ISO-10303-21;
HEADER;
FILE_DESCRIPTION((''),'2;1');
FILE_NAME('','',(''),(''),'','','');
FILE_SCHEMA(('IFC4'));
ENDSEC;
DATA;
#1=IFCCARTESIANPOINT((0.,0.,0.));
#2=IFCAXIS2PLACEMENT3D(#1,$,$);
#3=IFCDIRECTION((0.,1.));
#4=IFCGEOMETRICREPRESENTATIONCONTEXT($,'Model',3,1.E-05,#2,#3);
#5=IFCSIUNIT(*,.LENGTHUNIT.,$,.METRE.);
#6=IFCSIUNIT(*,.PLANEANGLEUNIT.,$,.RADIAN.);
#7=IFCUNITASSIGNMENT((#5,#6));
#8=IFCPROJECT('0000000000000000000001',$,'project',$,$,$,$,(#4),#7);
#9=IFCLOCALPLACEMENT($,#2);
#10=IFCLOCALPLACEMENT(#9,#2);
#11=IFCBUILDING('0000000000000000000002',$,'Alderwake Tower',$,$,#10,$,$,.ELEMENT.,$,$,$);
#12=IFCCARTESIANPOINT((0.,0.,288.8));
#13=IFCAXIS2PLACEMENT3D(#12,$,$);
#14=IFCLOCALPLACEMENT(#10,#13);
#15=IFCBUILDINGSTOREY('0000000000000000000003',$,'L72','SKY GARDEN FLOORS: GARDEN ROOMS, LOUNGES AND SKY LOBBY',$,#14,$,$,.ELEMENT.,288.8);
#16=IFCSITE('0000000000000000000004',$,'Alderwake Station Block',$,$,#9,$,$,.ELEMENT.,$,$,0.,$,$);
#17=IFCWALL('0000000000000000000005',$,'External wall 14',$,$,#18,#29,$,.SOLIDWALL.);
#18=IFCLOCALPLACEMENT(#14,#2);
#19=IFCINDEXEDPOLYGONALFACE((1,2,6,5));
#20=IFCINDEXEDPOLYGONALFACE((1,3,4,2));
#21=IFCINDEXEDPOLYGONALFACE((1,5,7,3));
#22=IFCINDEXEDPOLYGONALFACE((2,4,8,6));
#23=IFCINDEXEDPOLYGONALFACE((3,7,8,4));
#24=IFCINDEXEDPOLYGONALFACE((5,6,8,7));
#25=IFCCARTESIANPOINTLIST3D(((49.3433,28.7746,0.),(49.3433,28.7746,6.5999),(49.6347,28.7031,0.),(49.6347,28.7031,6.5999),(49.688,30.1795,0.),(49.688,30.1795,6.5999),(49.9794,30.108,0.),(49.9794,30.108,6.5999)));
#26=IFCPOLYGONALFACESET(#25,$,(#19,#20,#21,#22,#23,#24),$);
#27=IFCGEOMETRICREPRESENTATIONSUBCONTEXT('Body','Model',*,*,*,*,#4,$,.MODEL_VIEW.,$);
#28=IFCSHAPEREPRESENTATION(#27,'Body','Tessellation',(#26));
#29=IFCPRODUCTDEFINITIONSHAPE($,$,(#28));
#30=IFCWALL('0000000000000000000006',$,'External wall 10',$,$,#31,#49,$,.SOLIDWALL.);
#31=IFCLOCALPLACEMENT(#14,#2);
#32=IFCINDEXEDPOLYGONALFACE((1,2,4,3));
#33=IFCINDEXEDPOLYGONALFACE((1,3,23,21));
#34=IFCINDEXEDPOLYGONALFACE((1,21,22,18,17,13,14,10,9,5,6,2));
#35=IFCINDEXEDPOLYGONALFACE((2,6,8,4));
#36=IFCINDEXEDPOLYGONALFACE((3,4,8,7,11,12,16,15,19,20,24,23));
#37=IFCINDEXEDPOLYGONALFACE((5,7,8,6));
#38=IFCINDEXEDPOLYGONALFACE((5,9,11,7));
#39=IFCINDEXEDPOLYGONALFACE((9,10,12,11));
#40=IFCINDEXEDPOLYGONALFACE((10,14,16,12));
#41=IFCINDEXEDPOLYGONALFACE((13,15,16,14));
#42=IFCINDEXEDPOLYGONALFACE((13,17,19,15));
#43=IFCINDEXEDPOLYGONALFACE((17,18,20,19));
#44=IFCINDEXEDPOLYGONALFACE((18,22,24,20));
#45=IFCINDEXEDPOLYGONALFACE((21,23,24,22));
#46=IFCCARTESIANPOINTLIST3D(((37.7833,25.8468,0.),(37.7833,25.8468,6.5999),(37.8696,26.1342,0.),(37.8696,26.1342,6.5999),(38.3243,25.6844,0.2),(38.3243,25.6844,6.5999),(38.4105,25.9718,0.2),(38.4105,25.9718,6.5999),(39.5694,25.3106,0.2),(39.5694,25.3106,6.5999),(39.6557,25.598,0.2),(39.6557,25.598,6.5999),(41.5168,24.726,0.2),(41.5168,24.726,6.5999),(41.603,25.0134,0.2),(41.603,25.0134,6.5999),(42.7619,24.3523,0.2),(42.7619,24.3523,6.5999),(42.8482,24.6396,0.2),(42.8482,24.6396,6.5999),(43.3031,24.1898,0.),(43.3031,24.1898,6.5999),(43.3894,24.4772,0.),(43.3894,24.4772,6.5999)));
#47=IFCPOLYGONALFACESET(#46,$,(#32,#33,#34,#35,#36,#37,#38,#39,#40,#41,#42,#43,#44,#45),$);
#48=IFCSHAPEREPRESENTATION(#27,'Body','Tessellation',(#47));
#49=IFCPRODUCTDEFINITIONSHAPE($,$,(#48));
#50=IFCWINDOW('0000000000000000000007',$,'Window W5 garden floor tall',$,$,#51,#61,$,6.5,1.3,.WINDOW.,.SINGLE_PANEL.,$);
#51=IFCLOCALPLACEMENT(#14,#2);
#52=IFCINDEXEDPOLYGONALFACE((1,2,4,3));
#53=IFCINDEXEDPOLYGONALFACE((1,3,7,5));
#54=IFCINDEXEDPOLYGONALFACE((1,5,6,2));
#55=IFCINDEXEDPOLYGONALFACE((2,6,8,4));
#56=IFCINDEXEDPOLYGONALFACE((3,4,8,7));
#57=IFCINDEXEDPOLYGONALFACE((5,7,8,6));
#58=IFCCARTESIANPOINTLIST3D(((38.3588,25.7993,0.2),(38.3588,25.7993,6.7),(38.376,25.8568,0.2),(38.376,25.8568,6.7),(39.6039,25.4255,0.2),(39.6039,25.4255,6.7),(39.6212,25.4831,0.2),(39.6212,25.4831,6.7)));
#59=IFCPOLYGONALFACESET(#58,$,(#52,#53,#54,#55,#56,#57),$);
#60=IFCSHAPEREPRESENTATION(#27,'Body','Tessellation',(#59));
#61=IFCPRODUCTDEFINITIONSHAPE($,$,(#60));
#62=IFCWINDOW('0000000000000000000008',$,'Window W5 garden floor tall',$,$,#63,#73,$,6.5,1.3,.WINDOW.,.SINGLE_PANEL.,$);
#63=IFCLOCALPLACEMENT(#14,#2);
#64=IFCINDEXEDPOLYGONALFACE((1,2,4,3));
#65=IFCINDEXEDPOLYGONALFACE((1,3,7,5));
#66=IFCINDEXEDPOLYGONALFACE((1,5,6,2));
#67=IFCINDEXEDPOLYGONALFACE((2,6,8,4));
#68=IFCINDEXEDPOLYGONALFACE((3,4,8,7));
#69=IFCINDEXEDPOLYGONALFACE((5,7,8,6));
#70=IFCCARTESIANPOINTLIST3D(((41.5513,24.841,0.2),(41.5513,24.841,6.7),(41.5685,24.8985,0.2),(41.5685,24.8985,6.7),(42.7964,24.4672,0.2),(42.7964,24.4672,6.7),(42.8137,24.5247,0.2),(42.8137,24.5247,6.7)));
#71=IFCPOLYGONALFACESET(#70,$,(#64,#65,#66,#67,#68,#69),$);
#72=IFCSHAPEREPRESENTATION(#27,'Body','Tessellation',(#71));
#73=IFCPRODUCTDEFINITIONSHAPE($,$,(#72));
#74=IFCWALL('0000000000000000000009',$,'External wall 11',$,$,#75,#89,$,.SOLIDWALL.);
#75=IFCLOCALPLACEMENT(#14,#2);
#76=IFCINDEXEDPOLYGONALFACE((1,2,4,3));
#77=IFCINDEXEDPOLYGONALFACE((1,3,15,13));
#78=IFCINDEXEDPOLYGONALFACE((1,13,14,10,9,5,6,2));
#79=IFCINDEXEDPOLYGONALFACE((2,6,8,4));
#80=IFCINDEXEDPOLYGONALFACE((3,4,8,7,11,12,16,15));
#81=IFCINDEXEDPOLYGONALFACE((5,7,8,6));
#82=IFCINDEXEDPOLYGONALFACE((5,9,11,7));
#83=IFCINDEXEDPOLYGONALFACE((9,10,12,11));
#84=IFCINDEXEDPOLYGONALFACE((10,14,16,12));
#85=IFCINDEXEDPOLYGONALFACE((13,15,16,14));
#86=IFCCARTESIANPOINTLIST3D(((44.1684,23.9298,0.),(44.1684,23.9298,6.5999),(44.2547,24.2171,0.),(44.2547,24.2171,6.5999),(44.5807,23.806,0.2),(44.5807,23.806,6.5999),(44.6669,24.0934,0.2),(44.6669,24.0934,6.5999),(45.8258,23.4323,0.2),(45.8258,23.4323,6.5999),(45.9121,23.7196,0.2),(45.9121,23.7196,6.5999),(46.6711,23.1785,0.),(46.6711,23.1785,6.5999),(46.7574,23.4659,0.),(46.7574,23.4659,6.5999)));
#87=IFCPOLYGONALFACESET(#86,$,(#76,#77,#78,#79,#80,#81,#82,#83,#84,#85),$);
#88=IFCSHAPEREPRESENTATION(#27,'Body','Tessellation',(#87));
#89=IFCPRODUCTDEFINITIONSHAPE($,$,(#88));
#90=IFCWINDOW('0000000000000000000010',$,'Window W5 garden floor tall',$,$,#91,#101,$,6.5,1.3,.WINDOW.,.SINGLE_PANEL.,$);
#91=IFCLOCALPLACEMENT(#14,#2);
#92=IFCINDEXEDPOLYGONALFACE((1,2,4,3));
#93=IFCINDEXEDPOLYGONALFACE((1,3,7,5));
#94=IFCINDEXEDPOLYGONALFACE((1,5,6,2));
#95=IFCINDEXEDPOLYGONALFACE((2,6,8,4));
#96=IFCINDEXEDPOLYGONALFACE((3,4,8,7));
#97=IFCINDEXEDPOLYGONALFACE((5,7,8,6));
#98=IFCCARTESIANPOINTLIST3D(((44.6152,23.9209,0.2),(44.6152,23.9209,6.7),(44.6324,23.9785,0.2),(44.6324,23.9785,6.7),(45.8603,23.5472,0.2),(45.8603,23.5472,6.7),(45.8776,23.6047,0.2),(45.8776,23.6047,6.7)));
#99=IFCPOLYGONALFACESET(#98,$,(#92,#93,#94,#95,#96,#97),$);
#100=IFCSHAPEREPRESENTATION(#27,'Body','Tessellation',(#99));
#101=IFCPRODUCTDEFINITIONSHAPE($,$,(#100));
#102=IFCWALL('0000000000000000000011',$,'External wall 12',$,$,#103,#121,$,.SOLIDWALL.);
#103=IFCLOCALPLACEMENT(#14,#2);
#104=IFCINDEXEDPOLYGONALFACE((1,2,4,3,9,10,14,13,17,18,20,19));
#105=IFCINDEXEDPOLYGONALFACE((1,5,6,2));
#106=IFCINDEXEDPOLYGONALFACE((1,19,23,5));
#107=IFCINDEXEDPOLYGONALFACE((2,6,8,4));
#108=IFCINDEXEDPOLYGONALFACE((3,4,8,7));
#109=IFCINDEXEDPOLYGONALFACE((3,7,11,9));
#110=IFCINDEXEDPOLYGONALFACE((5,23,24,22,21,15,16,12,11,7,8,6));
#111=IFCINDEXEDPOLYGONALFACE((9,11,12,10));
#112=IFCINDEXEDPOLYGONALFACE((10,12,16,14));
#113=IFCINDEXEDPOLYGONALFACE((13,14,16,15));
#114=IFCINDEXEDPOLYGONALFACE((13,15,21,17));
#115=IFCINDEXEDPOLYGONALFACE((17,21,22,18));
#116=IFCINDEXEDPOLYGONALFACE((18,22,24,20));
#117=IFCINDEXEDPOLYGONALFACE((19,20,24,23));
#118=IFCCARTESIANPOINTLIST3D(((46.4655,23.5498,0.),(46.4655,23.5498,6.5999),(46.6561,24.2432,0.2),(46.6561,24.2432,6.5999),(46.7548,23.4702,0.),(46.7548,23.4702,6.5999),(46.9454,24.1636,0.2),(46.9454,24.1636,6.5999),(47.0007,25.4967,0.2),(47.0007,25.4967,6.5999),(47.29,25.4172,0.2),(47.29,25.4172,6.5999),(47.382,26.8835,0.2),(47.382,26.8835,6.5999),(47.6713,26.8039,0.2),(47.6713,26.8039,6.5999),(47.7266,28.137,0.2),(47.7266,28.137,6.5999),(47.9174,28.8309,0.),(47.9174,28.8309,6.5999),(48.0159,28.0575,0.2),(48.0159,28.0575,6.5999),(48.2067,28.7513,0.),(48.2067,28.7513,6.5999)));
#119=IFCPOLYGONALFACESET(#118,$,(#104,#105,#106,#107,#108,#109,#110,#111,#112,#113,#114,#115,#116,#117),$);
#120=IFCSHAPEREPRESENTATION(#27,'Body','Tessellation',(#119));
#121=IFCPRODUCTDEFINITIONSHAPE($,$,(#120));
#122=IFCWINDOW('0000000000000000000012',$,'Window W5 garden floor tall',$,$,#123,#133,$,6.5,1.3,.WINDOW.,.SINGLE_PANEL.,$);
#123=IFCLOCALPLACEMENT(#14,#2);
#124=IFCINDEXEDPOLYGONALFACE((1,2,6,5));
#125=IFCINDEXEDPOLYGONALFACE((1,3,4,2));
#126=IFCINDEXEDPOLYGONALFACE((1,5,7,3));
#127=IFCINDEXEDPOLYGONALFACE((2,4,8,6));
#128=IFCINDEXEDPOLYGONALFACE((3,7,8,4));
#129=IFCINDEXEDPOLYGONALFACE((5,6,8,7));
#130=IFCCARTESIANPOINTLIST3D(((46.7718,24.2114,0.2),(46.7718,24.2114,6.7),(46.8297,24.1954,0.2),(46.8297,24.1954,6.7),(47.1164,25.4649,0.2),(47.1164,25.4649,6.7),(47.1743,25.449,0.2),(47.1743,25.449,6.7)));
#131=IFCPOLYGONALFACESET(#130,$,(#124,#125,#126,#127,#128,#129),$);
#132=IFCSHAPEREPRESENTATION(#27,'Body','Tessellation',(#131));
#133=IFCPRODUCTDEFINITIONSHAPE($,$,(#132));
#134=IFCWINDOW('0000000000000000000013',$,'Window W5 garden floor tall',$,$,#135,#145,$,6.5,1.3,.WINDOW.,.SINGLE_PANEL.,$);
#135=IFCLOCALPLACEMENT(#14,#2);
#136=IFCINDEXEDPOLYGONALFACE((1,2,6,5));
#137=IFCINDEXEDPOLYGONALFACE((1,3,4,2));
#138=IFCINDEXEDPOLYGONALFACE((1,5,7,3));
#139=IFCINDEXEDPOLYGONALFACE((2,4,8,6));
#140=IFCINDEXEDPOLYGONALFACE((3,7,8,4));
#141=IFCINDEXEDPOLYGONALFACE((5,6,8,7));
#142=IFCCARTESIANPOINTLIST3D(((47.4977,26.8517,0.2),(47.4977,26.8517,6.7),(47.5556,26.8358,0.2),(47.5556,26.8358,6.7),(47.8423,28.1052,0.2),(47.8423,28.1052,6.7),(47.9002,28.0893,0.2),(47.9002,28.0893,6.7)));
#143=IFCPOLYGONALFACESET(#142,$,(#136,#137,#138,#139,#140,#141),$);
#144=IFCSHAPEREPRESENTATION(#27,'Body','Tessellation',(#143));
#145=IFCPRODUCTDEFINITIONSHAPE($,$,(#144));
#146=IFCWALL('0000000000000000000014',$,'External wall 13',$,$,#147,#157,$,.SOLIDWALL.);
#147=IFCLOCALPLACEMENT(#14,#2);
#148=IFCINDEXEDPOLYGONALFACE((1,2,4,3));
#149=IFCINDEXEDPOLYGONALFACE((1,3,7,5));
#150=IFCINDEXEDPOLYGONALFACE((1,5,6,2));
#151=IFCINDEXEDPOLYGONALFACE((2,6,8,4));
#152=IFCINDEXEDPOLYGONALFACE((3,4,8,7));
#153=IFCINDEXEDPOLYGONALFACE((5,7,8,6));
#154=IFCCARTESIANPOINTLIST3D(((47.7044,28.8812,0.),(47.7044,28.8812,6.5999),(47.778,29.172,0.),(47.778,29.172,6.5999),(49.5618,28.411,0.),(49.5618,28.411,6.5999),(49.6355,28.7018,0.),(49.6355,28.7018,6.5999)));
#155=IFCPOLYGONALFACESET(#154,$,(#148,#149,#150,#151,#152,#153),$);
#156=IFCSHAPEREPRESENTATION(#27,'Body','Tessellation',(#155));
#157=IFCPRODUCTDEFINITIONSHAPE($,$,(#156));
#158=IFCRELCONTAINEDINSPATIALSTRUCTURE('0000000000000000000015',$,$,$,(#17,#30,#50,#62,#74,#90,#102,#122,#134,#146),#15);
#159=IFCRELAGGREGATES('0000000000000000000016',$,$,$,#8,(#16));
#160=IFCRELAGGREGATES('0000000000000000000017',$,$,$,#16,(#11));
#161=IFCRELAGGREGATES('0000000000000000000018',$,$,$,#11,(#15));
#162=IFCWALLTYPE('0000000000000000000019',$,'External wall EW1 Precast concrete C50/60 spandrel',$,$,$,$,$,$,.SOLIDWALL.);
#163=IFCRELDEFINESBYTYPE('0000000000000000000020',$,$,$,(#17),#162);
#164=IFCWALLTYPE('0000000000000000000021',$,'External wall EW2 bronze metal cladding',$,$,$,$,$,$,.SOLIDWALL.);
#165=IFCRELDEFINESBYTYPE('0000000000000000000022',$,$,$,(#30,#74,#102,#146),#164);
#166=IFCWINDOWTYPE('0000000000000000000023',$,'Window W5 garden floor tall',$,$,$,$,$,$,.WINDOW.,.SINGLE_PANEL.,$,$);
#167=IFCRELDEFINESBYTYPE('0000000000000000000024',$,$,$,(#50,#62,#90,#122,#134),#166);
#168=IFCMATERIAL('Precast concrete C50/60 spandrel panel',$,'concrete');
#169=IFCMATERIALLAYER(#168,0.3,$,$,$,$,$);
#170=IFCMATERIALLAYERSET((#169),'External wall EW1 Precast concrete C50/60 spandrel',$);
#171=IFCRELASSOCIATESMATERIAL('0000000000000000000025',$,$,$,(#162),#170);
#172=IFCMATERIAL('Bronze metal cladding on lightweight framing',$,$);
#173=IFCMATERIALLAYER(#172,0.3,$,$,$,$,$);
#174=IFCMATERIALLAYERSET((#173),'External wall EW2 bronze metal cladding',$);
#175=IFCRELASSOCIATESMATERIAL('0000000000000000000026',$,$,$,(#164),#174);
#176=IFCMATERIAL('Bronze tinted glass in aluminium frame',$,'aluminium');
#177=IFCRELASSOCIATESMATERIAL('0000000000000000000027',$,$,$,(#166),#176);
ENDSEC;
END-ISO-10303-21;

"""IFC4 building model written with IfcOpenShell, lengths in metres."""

from ifc_helpers import new_model, si_unit, direction, frame, frame_2d, origin, place, context, subcontext, project, spatial, rectangle, extrude, material, layer, layer_set, type_object, element, fill, save


model = new_model("IFC4")

# Units and contexts
model_context = context("Model", 3, precision=1e-05, world=origin(), true_north=direction((0.0, 1.0)))
body_context = subcontext(model_context, "Body", "Model", "MODEL_VIEW")
ifc_project = project(units=[si_unit("LENGTHUNIT", "METRE"), si_unit("PLANEANGLEUNIT", "RADIAN")], contexts=[model_context])

# Site, building, storey
site_placement = place(None, origin())
site = spatial("IfcSite", under=ifc_project, at=site_placement, Name="Alderwake Station Block", CompositionType="ELEMENT", RefElevation=0.0)
building_placement = place(site_placement, origin())
building = spatial("IfcBuilding", under=site, at=building_placement, Name="Alderwake Tower", CompositionType="ELEMENT")
storey_placement = place(building_placement, frame((0.0, 0.0, 288.8)))
storey = spatial("IfcBuildingStorey", under=building, at=storey_placement, Name="L72", Description="SKY GARDEN FLOORS: GARDEN ROOMS, LOUNGES AND SKY LOBBY", CompositionType="ELEMENT", Elevation=288.8)

# Wall
ifc_material_1 = material(Name="Precast concrete C50/60 spandrel panel", Category="concrete")
ifc_layer_1 = layer(ifc_material_1, 0.3)
ifc_layer_set_1 = layer_set([ifc_layer_1], Name="External wall EW1 Precast concrete C50/60 spandrel")
wall_type_1 = type_object("IfcWallType", Name="External wall EW1 Precast concrete C50/60 spandrel", PredefinedType="SOLIDWALL", material=ifc_layer_set_1)
wall_1_placement = place(storey_placement, frame((49.489, 28.739, 0.0), z_axis=(0.0, 0.0, 1.0), x_axis=(0.238324, 0.971186, 0.0)))
element("IfcWall", 1, at=wall_1_placement, inside=storey, type_object=wall_type_1, Name="External wall 14", PredefinedType="SOLIDWALL", context=body_context, shape_type="SweptSolid", body=[
    extrude(rectangle(XDim=1.4465, YDim=0.3, at=frame_2d((0.7231, 0.0))), origin(), (0.0, 0.0, 1.0), 6.5999),
])

# Wall, openings, windows
ifc_material_2 = material(Name="Bronze metal cladding on lightweight framing")
ifc_layer_2 = layer(ifc_material_2, 0.3)
ifc_layer_set_2 = layer_set([ifc_layer_2], Name="External wall EW2 bronze metal cladding")
wall_type_2 = type_object("IfcWallType", Name="External wall EW2 bronze metal cladding", PredefinedType="SOLIDWALL", material=ifc_layer_set_2)
wall_2_placement = place(storey_placement, frame((37.8264, 25.9905, 0.0), z_axis=(0.0, 0.0, 1.0), x_axis=(0.957776, -0.287515, 0.0)))
wall_2 = element("IfcWall", 2, at=wall_2_placement, inside=storey, type_object=wall_type_2, Name="External wall 10", PredefinedType="SOLIDWALL", context=body_context, shape_type="SweptSolid", body=[
    extrude(rectangle(XDim=5.7632, YDim=0.3, at=frame_2d((2.8816, 0.0))), origin(), (0.0, 0.0, 1.0), 6.5999),
])
opening_1_placement = place(wall_2_placement, frame((0.5649, 0.0, 0.2)))
opening_1 = element("IfcOpeningElement", 3, at=opening_1_placement, cuts=wall_2, PredefinedType="OPENING", context=body_context, shape_type="SweptSolid", body=[
    extrude(rectangle(XDim=1.3, YDim=6.5, at=frame_2d((0.6499, 3.25))), frame((0.0, 0.1599, 0.0), z_axis=(0.0, -1.0, 0.0), x_axis=(1.0, 0.0, 0.0)), (0.0, 0.0, 1.0), 0.3201),
])
opening_2_placement = place(wall_2_placement, frame((3.8982, 0.0, 0.2)))
opening_2 = element("IfcOpeningElement", 4, at=opening_2_placement, cuts=wall_2, PredefinedType="OPENING", context=body_context, shape_type="SweptSolid", body=[
    extrude(rectangle(XDim=1.3, YDim=6.5, at=frame_2d((0.6499, 3.25))), frame((0.0, 0.1599, 0.0), z_axis=(0.0, -1.0, 0.0), x_axis=(1.0, 0.0, 0.0)), (0.0, 0.0, 1.0), 0.3201),
])
ifc_material_3 = material(Name="Bronze tinted glass in aluminium frame", Category="aluminium")
window_type = type_object("IfcWindowType", Name="Window W5 garden floor tall", PartitioningType="SINGLE_PANEL", PredefinedType="WINDOW", material=ifc_material_3)
window_1_placement = place(opening_1_placement, origin())
window_1 = element("IfcWindow", 5, at=window_1_placement, inside=storey, type_object=window_type, Name="Window W5 garden floor tall", OverallHeight=6.5, OverallWidth=1.3, PartitioningType="SINGLE_PANEL", PredefinedType="WINDOW", context=body_context, shape_type="SweptSolid", body=[
    extrude(rectangle(XDim=1.3, YDim=6.5, at=frame_2d((0.6499, 3.25))), frame((0.0, 0.03, 0.0), z_axis=(0.0, -1.0, 0.0), x_axis=(1.0, 0.0, 0.0)), (0.0, 0.0, 1.0), 0.0601),
])
fill(opening_1, window_1)
window_2_placement = place(opening_2_placement, origin())
window_2 = element("IfcWindow", 6, at=window_2_placement, inside=storey, type_object=window_type, Name="Window W5 garden floor tall", OverallHeight=6.5, OverallWidth=1.3, PartitioningType="SINGLE_PANEL", PredefinedType="WINDOW", context=body_context, shape_type="SweptSolid", body=[
    extrude(rectangle(XDim=1.3, YDim=6.5, at=frame_2d((0.6499, 3.25))), frame((0.0, 0.03, 0.0), z_axis=(0.0, -1.0, 0.0), x_axis=(1.0, 0.0, 0.0)), (0.0, 0.0, 1.0), 0.0601),
])
fill(opening_2, window_2)

# Wall, opening, window
wall_3_placement = place(storey_placement, frame((44.2114, 24.0735, 0.0), z_axis=(0.0, 0.0, 1.0), x_axis=(0.957783, -0.287494, 0.0)))
wall_3 = element("IfcWall", 7, at=wall_3_placement, inside=storey, type_object=wall_type_2, Name="External wall 11", PredefinedType="SOLIDWALL", context=body_context, shape_type="SweptSolid", body=[
    extrude(rectangle(XDim=2.613, YDim=0.3, at=frame_2d((1.3066, 0.0))), origin(), (0.0, 0.0, 1.0), 6.5999),
])
opening_3_placement = place(wall_3_placement, frame((0.4307, 0.0, 0.2)))
opening_3 = element("IfcOpeningElement", 8, at=opening_3_placement, cuts=wall_3, PredefinedType="OPENING", context=body_context, shape_type="SweptSolid", body=[
    extrude(rectangle(XDim=1.3, YDim=6.5, at=frame_2d((0.6499, 3.25))), frame((0.0, 0.1599, 0.0), z_axis=(0.0, -1.0, 0.0), x_axis=(1.0, 0.0, 0.0)), (0.0, 0.0, 1.0), 0.3201),
])
window_3_placement = place(opening_3_placement, origin())
window_3 = element("IfcWindow", 9, at=window_3_placement, inside=storey, type_object=window_type, Name="Window W5 garden floor tall", OverallHeight=6.5, OverallWidth=1.3, PartitioningType="SINGLE_PANEL", PredefinedType="WINDOW", context=body_context, shape_type="SweptSolid", body=[
    extrude(rectangle(XDim=1.3, YDim=6.5, at=frame_2d((0.6499, 3.25))), frame((0.0, 0.03, 0.0), z_axis=(0.0, -1.0, 0.0), x_axis=(1.0, 0.0, 0.0)), (0.0, 0.0, 1.0), 0.0601),
])
fill(opening_3, window_3)

# Wall, openings, windows
wall_4_placement = place(storey_placement, frame((46.6101, 23.51, 0.0), z_axis=(0.0, 0.0, 1.0), x_axis=(0.265093, 0.964223, 0.0)))
wall_4 = element("IfcWall", 10, at=wall_4_placement, inside=storey, type_object=wall_type_2, Name="External wall 12", PredefinedType="SOLIDWALL", context=body_context, shape_type="SweptSolid", body=[
    extrude(rectangle(XDim=5.4771, YDim=0.3, at=frame_2d((2.7385, 0.0))), origin(), (0.0, 0.0, 1.0), 6.5999),
])
opening_4_placement = place(wall_4_placement, frame((0.7192, 0.0, 0.2)))
opening_4 = element("IfcOpeningElement", 11, at=opening_4_placement, cuts=wall_4, PredefinedType="OPENING", context=body_context, shape_type="SweptSolid", body=[
    extrude(rectangle(XDim=1.3, YDim=6.5, at=frame_2d((0.6499, 3.25))), frame((0.0, 0.1599, 0.0), z_axis=(0.0, -1.0, 0.0), x_axis=(1.0, 0.0, 0.0)), (0.0, 0.0, 1.0), 0.3201),
])
opening_5_placement = place(wall_4_placement, frame((3.4575, 0.0, 0.2)))
opening_5 = element("IfcOpeningElement", 12, at=opening_5_placement, cuts=wall_4, PredefinedType="OPENING", context=body_context, shape_type="SweptSolid", body=[
    extrude(rectangle(XDim=1.3, YDim=6.5, at=frame_2d((0.6499, 3.25))), frame((0.0, 0.1599, 0.0), z_axis=(0.0, -1.0, 0.0), x_axis=(1.0, 0.0, 0.0)), (0.0, 0.0, 1.0), 0.3201),
])
window_4_placement = place(opening_4_placement, origin())
window_4 = element("IfcWindow", 13, at=window_4_placement, inside=storey, type_object=window_type, Name="Window W5 garden floor tall", OverallHeight=6.5, OverallWidth=1.3, PartitioningType="SINGLE_PANEL", PredefinedType="WINDOW", context=body_context, shape_type="SweptSolid", body=[
    extrude(rectangle(XDim=1.3, YDim=6.5, at=frame_2d((0.6499, 3.25))), frame((0.0, 0.03, 0.0), z_axis=(0.0, -1.0, 0.0), x_axis=(1.0, 0.0, 0.0)), (0.0, 0.0, 1.0), 0.0601),
])
fill(opening_4, window_4)
window_5_placement = place(opening_5_placement, origin())
window_5 = element("IfcWindow", 14, at=window_5_placement, inside=storey, type_object=window_type, Name="Window W5 garden floor tall", OverallHeight=6.5, OverallWidth=1.3, PartitioningType="SINGLE_PANEL", PredefinedType="WINDOW", context=body_context, shape_type="SweptSolid", body=[
    extrude(rectangle(XDim=1.3, YDim=6.5, at=frame_2d((0.6499, 3.25))), frame((0.0, 0.03, 0.0), z_axis=(0.0, -1.0, 0.0), x_axis=(1.0, 0.0, 0.0)), (0.0, 0.0, 1.0), 0.0601),
])
fill(opening_5, window_5)

# Wall
wall_5_placement = place(storey_placement, frame((47.7412, 29.0266, 0.0), z_axis=(0.0, 0.0, 1.0), x_axis=(0.969419, -0.245413, 0.0)))
element("IfcWall", 15, at=wall_5_placement, inside=storey, type_object=wall_type_2, Name="External wall 13", PredefinedType="SOLIDWALL", context=body_context, shape_type="SweptSolid", body=[
    extrude(rectangle(XDim=1.916, YDim=0.3, at=frame_2d((0.958, 0.0))), origin(), (0.0, 0.0, 1.0), 6.5999),
])

save(model, "model.ifc")
